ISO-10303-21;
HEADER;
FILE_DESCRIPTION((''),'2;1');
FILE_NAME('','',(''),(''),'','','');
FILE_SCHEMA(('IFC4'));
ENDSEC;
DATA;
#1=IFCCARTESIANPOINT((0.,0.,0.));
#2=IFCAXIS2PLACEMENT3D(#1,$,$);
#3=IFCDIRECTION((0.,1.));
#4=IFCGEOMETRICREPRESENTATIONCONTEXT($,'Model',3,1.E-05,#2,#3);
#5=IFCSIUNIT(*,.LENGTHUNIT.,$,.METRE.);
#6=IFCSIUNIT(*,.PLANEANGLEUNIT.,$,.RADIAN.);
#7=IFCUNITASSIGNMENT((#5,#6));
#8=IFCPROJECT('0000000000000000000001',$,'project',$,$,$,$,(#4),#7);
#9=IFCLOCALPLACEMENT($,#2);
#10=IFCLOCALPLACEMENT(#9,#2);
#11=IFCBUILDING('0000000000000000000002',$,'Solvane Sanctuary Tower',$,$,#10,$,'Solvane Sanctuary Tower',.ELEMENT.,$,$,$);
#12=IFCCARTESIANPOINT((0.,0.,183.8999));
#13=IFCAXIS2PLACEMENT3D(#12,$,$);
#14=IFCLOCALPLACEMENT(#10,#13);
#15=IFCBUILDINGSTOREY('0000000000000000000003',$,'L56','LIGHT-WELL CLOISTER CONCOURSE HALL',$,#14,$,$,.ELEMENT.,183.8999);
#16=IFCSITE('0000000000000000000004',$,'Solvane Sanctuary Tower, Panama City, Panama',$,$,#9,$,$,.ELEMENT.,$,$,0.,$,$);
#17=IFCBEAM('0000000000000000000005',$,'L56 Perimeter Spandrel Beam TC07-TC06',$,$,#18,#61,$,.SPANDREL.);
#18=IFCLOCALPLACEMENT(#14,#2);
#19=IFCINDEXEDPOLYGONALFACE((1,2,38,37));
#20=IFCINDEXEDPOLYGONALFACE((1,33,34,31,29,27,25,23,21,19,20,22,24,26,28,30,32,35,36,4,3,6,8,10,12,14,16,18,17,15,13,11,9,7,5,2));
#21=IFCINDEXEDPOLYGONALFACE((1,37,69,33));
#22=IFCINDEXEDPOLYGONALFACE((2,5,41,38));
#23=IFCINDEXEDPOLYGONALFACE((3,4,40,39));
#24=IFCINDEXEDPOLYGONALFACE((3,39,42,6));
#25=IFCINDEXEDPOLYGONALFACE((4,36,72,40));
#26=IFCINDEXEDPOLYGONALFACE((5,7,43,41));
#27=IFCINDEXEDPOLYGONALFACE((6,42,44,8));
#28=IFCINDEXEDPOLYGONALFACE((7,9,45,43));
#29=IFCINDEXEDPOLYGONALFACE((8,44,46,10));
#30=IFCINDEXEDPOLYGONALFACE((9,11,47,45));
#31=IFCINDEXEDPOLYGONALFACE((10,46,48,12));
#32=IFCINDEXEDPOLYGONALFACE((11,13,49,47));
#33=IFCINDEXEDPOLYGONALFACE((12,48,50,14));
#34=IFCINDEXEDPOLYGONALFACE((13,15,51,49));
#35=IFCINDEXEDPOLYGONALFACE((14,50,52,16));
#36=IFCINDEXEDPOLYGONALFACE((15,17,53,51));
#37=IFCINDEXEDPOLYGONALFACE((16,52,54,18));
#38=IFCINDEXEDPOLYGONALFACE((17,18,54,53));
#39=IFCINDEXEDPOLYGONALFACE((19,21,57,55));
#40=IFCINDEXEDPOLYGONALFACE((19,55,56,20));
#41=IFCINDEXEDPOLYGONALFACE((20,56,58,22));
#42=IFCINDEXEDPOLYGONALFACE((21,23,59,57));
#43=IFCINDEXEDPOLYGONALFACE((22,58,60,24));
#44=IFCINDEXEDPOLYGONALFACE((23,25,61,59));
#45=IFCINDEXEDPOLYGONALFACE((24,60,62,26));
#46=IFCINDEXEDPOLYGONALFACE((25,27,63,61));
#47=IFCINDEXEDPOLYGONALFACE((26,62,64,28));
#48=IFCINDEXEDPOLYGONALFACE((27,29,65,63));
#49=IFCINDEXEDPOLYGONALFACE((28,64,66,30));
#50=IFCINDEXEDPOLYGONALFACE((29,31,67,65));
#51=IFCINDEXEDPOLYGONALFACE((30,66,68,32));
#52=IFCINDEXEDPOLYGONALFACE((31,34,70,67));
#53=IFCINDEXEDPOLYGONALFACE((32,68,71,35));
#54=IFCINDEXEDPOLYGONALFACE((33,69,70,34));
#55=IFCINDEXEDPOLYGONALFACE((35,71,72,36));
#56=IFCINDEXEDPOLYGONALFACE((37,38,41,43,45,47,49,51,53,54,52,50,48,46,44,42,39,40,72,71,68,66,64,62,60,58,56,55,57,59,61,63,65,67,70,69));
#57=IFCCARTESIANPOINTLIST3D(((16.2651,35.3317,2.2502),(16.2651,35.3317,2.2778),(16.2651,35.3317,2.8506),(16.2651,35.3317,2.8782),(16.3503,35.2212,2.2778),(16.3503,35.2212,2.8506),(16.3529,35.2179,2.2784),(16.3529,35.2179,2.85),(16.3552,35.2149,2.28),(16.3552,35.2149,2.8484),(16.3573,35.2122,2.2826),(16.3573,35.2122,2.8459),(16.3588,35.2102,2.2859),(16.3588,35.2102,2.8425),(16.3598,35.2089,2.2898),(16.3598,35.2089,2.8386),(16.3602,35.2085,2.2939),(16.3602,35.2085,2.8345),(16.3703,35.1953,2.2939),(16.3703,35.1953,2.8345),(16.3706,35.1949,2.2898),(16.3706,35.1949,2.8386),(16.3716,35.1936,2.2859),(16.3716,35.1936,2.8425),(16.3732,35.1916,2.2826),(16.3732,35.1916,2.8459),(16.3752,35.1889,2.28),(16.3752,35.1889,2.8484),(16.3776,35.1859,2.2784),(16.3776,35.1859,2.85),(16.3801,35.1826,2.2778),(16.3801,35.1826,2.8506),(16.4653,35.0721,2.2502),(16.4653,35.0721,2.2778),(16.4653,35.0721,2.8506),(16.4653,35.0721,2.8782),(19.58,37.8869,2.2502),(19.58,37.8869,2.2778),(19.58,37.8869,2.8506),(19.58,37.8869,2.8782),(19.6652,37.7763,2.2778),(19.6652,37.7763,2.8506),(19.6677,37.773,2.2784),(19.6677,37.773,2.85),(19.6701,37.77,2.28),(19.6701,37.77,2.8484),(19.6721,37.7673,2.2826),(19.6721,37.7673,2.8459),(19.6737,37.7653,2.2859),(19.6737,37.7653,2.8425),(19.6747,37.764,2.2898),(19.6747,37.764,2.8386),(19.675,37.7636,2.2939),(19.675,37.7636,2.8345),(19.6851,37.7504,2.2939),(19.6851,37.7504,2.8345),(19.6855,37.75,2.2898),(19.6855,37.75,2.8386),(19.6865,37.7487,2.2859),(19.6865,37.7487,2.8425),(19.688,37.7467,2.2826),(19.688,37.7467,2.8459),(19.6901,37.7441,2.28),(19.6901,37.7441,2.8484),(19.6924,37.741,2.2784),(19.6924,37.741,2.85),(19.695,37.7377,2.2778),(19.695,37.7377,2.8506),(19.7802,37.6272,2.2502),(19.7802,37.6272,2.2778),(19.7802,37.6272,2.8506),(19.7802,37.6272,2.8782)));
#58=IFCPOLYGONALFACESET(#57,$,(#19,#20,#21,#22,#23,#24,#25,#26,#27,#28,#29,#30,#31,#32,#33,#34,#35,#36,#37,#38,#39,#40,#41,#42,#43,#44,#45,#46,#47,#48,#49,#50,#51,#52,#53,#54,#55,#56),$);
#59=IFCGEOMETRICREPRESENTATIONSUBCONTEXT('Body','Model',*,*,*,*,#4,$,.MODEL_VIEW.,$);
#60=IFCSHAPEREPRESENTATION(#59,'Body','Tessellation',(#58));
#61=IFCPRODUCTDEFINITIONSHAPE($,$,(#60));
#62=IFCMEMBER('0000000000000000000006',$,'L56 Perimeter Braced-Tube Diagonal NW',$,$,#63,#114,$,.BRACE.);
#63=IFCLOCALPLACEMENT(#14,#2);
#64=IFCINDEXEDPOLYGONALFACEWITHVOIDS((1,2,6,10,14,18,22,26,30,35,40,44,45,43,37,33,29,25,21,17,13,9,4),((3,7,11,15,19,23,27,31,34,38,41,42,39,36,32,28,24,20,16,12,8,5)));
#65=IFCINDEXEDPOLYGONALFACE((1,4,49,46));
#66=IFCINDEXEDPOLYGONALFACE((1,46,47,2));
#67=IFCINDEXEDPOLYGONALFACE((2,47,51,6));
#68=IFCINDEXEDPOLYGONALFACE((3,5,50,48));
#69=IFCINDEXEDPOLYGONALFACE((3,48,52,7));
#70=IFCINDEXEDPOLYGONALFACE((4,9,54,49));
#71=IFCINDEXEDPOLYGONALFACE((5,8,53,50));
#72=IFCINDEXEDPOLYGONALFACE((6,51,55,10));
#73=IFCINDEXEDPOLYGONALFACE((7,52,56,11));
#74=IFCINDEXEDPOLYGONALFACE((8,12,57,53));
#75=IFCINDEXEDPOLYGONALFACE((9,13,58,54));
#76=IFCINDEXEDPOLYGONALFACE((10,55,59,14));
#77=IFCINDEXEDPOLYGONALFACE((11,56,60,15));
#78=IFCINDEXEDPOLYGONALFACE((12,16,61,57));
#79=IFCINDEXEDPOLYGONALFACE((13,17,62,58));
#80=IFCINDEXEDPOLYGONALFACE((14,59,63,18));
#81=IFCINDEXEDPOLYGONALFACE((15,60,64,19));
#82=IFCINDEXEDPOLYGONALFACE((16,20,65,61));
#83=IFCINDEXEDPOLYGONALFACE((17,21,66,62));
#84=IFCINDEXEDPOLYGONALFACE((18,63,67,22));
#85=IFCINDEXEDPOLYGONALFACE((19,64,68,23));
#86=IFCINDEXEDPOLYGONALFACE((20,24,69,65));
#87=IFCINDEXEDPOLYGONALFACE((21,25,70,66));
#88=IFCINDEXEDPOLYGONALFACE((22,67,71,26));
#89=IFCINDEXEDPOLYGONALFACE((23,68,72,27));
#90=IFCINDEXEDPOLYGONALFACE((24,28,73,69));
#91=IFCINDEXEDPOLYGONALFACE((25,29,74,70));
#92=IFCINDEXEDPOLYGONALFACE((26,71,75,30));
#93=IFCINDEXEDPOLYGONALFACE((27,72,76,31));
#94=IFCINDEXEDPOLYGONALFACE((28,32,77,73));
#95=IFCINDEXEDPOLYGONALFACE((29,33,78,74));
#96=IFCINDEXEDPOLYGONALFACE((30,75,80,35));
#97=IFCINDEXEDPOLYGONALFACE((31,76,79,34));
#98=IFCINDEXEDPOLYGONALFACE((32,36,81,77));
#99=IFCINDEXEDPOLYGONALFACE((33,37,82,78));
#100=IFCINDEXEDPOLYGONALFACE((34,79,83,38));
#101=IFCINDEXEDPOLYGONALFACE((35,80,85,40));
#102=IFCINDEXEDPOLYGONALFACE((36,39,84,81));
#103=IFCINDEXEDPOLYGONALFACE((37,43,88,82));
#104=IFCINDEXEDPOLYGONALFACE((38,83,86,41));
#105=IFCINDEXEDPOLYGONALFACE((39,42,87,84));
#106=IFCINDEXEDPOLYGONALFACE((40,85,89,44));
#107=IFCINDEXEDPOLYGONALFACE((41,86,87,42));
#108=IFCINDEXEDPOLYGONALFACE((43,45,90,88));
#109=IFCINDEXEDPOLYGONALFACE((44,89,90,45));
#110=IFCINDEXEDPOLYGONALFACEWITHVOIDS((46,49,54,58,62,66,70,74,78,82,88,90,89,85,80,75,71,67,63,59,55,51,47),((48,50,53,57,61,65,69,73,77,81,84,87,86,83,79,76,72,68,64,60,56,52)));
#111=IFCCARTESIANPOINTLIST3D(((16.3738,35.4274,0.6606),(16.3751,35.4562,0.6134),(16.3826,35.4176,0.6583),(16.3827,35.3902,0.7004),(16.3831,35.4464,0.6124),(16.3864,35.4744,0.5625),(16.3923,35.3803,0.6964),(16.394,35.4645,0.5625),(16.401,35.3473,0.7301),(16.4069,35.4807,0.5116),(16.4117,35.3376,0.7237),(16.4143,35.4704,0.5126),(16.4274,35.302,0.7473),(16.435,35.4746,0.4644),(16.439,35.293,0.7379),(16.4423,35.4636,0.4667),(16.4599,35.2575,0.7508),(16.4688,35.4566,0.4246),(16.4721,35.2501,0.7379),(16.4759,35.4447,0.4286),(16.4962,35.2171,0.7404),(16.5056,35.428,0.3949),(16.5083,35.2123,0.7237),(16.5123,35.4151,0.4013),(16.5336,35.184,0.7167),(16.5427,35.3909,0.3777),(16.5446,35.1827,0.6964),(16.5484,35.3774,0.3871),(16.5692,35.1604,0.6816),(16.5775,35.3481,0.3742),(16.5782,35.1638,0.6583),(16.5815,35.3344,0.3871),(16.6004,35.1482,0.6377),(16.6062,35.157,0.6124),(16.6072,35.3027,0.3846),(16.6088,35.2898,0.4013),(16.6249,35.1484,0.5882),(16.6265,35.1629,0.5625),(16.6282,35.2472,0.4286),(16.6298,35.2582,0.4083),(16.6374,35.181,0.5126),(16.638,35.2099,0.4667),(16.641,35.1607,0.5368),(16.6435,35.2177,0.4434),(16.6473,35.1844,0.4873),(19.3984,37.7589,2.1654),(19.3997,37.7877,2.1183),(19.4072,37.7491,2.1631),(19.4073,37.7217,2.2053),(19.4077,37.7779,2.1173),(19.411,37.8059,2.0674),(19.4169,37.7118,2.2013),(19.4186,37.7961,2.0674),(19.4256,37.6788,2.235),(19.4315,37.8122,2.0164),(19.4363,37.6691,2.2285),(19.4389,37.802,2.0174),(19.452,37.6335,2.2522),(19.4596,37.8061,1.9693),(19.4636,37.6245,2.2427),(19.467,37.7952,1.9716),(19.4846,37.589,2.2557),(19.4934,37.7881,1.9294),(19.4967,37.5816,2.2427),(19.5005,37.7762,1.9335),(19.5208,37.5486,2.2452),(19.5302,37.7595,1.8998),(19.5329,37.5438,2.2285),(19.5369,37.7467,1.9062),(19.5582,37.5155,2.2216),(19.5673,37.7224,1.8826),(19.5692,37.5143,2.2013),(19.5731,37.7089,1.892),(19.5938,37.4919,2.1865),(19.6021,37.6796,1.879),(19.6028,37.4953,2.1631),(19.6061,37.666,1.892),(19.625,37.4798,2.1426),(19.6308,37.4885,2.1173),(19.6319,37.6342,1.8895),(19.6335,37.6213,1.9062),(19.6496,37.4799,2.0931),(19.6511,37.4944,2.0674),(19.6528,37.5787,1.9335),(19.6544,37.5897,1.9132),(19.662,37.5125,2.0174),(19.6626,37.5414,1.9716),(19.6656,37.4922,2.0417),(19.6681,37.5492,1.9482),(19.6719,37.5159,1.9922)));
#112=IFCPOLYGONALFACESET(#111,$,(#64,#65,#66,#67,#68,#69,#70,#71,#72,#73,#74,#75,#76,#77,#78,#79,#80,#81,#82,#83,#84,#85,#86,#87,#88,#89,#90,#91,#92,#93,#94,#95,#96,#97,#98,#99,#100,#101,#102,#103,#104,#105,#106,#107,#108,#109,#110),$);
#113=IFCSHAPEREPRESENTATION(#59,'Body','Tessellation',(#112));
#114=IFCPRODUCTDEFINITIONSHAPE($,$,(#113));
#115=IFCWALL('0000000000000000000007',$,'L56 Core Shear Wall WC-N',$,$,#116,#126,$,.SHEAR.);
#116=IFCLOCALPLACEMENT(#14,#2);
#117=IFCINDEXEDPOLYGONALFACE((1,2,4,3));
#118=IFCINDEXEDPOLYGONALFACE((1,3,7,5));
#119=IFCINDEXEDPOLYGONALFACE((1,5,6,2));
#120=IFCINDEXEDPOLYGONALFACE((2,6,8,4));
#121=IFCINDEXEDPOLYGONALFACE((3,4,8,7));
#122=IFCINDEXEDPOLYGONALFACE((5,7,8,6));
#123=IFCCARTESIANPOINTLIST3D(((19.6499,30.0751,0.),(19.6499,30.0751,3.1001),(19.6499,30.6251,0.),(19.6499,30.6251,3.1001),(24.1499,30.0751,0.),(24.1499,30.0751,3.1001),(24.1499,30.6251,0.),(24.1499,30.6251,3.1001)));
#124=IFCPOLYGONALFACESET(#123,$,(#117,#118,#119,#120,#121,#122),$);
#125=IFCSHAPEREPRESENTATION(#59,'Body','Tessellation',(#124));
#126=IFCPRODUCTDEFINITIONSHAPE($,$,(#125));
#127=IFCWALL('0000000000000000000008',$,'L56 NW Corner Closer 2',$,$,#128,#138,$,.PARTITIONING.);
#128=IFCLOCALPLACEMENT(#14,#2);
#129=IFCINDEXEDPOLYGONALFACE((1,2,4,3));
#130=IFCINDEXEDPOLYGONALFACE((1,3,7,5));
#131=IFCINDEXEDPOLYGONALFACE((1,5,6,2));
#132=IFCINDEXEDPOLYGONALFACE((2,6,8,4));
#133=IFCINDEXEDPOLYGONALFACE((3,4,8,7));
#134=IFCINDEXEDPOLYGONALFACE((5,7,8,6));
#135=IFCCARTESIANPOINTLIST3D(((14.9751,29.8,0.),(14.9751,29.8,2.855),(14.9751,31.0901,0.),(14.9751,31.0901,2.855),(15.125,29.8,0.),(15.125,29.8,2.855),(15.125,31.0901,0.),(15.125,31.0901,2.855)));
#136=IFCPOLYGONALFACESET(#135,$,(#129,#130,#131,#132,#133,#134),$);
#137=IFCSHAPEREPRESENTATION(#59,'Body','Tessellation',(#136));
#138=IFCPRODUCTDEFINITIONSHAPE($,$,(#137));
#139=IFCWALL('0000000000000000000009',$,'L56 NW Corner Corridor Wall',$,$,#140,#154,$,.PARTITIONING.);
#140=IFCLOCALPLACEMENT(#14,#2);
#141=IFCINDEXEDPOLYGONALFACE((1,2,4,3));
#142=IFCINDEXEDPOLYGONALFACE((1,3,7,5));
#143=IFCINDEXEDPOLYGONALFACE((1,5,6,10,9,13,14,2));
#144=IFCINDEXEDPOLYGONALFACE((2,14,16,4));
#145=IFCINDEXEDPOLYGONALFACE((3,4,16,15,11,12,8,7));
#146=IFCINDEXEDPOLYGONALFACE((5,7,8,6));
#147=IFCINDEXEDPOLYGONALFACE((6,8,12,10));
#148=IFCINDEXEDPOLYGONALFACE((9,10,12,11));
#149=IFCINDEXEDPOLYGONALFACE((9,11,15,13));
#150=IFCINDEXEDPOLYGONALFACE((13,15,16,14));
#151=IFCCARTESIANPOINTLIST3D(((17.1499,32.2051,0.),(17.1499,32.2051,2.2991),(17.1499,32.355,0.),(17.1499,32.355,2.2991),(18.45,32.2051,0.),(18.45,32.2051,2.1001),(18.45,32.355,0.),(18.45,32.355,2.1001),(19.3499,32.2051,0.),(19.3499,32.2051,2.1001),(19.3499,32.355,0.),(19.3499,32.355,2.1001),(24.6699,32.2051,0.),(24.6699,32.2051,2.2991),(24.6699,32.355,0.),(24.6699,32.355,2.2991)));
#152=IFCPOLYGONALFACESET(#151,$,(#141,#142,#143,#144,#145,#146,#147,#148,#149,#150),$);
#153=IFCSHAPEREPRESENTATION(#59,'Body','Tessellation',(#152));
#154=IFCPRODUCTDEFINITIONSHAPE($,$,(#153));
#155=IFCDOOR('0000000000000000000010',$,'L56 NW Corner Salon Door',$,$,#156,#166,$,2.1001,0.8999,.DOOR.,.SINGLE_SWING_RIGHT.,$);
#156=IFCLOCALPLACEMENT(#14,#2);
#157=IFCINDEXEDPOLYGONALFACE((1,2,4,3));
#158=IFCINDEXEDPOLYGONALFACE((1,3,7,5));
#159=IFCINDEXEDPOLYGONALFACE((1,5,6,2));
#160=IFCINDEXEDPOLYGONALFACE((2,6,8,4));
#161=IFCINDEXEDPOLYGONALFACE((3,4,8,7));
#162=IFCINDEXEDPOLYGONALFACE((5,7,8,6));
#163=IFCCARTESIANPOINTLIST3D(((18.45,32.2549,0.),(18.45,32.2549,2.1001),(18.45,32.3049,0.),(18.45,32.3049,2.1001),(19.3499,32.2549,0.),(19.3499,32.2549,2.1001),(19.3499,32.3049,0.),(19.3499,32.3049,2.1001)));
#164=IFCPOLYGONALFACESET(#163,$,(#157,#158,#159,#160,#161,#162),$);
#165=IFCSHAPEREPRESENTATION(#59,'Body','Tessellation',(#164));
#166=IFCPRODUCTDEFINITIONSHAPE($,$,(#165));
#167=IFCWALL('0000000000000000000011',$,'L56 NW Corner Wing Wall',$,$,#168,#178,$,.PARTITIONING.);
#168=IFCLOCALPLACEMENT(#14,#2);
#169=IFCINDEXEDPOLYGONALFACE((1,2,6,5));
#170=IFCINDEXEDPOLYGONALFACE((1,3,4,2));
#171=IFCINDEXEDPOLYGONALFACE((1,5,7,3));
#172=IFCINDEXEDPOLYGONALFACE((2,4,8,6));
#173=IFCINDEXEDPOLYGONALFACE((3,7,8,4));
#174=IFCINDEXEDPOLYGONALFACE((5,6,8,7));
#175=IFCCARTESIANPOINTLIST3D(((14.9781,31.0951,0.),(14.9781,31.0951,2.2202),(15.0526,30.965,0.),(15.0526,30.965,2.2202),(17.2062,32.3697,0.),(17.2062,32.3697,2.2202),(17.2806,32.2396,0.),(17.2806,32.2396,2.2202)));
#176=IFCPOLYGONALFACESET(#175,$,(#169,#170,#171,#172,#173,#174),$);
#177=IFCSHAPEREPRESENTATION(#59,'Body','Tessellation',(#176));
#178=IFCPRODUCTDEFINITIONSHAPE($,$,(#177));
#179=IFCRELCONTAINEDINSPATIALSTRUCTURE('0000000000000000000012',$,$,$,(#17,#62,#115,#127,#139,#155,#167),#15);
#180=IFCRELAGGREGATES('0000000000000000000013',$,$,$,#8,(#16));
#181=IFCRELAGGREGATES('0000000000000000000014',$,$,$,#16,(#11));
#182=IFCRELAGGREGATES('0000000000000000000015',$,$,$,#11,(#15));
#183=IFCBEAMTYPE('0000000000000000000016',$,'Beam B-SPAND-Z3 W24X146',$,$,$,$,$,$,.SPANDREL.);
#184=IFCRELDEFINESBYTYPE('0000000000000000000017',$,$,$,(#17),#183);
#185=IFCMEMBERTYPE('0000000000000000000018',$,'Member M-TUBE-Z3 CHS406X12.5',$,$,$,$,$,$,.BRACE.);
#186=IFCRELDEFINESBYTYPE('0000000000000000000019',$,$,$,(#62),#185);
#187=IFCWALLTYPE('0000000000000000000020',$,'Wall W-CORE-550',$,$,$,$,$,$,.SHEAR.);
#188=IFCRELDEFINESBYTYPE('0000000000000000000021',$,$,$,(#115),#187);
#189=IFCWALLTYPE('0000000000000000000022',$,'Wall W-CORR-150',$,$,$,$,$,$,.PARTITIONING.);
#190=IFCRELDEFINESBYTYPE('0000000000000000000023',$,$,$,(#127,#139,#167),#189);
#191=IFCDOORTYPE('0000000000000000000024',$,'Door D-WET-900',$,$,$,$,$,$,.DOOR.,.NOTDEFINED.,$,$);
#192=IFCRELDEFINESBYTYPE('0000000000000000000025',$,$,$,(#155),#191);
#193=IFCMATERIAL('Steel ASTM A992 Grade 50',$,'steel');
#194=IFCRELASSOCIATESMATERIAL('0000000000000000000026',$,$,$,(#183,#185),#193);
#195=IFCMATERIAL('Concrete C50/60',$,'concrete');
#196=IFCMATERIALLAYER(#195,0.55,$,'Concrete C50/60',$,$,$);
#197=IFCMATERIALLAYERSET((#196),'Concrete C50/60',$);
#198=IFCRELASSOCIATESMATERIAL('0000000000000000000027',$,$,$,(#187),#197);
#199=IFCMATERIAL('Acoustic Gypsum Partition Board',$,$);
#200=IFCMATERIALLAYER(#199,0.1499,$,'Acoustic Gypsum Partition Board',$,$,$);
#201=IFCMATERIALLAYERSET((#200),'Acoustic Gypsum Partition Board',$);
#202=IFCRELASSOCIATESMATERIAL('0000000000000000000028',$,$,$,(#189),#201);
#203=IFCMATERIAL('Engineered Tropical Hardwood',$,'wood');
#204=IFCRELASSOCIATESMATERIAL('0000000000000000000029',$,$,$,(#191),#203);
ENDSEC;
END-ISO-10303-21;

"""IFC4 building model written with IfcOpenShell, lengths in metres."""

from ifc_helpers import new_model, si_unit, direction, frame, frame_2d, origin, origin_2d, place, context, subcontext, project, spatial, rectangle, hollow_circle, i_section, extrude, material, layer, layer_set, material_profile, profile_set, type_object, element, fill, save


model = new_model("IFC4")

# Units and contexts
model_context = context("Model", 3, precision=1e-05, world=origin(), true_north=direction((0.0, 1.0)))
body_context = subcontext(model_context, "Body", "Model", "MODEL_VIEW")
ifc_project = project(units=[si_unit("LENGTHUNIT", "METRE"), si_unit("PLANEANGLEUNIT", "RADIAN")], contexts=[model_context])

# Site, building, storey
site_placement = place(None, origin())
site = spatial("IfcSite", under=ifc_project, at=site_placement, Name="Solvane Sanctuary Tower, Panama City, Panama", CompositionType="ELEMENT", RefElevation=0.0)
building_placement = place(site_placement, origin())
building = spatial("IfcBuilding", under=site, at=building_placement, Name="Solvane Sanctuary Tower", LongName="Solvane Sanctuary Tower", CompositionType="ELEMENT")
storey_placement = place(building_placement, frame((0.0, 0.0, 183.8999)))
storey = spatial("IfcBuildingStorey", under=building, at=storey_placement, Name="L56", Description="LIGHT-WELL CLOISTER CONCOURSE HALL", CompositionType="ELEMENT", Elevation=183.8999)

# Beam
ifc_material_1 = material(Name="Steel ASTM A992 Grade 50", Category="steel")
ifc_material_profile_1 = material_profile(ifc_material_1, i_section(OverallWidth=0.3279, OverallDepth=0.6279, WebThickness=0.0166, FlangeThickness=0.0276, FilletRadius=0.0161, at=origin_2d()), Name="W24X146")
ifc_profile_set_1 = profile_set([ifc_material_profile_1], Name="Steel ASTM A992 Grade 50")
beam_type_1 = type_object("IfcBeamType", Name="Beam B-SPAND-Z3 W24X146", PredefinedType="SPANDREL", material=ifc_profile_set_1)
beam_1_placement = place(storey_placement, frame((16.3652, 35.2019, 2.5642), z_axis=(0.792021, 0.610494, 0.0), x_axis=(-0.610494, 0.792021, 0.0)))
element("IfcBeam", 1, at=beam_1_placement, inside=storey, type_object=beam_type_1, Name="L56 Perimeter Spandrel Beam TC07-TC06", PredefinedType="SPANDREL", context=body_context, shape_type="SweptSolid", body=[
    extrude(i_section(OverallWidth=0.3279, OverallDepth=0.6279, WebThickness=0.0166, FlangeThickness=0.0276, FilletRadius=0.0161, at=origin_2d()), origin(), (0.0, 0.0, 1.0), 4.1853),
])

# Member
ifc_material_profile_2 = material_profile(ifc_material_1, hollow_circle(Radius=0.2029, WallThickness=0.0125, at=origin_2d()), Name="CHS406X12.5")
ifc_profile_set_2 = profile_set([ifc_material_profile_2], Name="Steel ASTM A992 Grade 50")
member_type = type_object("IfcMemberType", Name="Member M-TUBE-Z3 CHS406X12.5", PredefinedType="BRACE", material=ifc_profile_set_2)
member_placement = place(storey_placement, frame((16.5103, 35.3137, 0.5625), z_axis=(0.73686, 0.568005, 0.366616), x_axis=(-0.610514, 0.792006, 0.0)))
element("IfcMember", 2, at=member_placement, inside=storey, type_object=member_type, Name="L56 Perimeter Braced-Tube Diagonal NW", PredefinedType="BRACE", context=body_context, shape_type="SweptSolid", body=[
    extrude(hollow_circle(Radius=0.2029, WallThickness=0.0125, at=origin_2d()), origin(), (0.0, 0.0, 1.0), 4.1047),
])

# Walls
ifc_material_2 = material(Name="Concrete C50/60", Category="concrete")
ifc_layer_1 = layer(ifc_material_2, 0.55, Name="Concrete C50/60")
ifc_layer_set_1 = layer_set([ifc_layer_1], Name="Concrete C50/60")
wall_type_1 = type_object("IfcWallType", Name="Wall W-CORE-550", PredefinedType="SHEAR", material=ifc_layer_set_1)
wall_1_placement = place(storey_placement, frame((19.6499, 30.3501, 0.0), z_axis=(0.0, 0.0, 1.0), x_axis=(1.0, 0.0, 0.0)))
element("IfcWall", 3, at=wall_1_placement, inside=storey, type_object=wall_type_1, Name="L56 Core Shear Wall WC-N", PredefinedType="SHEAR", context=body_context, shape_type="SweptSolid", body=[
    extrude(rectangle(XDim=4.5, YDim=0.55, at=frame_2d((2.25, 0.0))), origin(), (0.0, 0.0, 1.0), 3.1001),
])
ifc_material_3 = material(Name="Acoustic Gypsum Partition Board")
ifc_layer_2 = layer(ifc_material_3, 0.1499, Name="Acoustic Gypsum Partition Board")
ifc_layer_set_2 = layer_set([ifc_layer_2], Name="Acoustic Gypsum Partition Board")
wall_type_2 = type_object("IfcWallType", Name="Wall W-CORR-150", PredefinedType="PARTITIONING", material=ifc_layer_set_2)
wall_2_placement = place(storey_placement, frame((15.05, 29.8, 0.0), z_axis=(0.0, 0.0, 1.0), x_axis=(0.0, 1.0, 0.0)))
element("IfcWall", 4, at=wall_2_placement, inside=storey, type_object=wall_type_2, Name="L56 NW Corner Closer 2", PredefinedType="PARTITIONING", context=body_context, shape_type="SweptSolid", body=[
    extrude(rectangle(XDim=1.29, YDim=0.1499, at=frame_2d((0.645, 0.0))), origin(), (0.0, 0.0, 1.0), 2.855),
])

# Wall, opening, door
wall_3_placement = place(storey_placement, frame((17.1499, 32.28, 0.0), z_axis=(0.0, 0.0, 1.0), x_axis=(1.0, 0.0, 0.0)))
wall_3 = element("IfcWall", 5, at=wall_3_placement, inside=storey, type_object=wall_type_2, Name="L56 NW Corner Corridor Wall", PredefinedType="PARTITIONING", context=body_context, shape_type="SweptSolid", body=[
    extrude(rectangle(XDim=7.52, YDim=0.1499, at=frame_2d((3.76, 0.0))), origin(), (0.0, 0.0, 1.0), 2.2991),
])
opening_1_placement = place(wall_3_placement, frame((1.3, 0.0, 0.0)))
opening_1 = element("IfcOpeningElement", 6, at=opening_1_placement, cuts=wall_3, PredefinedType="OPENING", context=body_context, shape_type="SweptSolid", body=[
    extrude(rectangle(XDim=0.8999, YDim=2.1001, at=frame_2d((0.45, 1.05))), frame((0.0, 0.085, 0.0), z_axis=(0.0, -1.0, 0.0), x_axis=(1.0, 0.0, 0.0)), (0.0, 0.0, 1.0), 0.1699),
])
ifc_material_4 = material(Name="Engineered Tropical Hardwood", Category="wood")
door_type_1 = type_object("IfcDoorType", Name="Door D-WET-900", OperationType="NOTDEFINED", PredefinedType="DOOR", material=ifc_material_4)
door_1_placement = place(opening_1_placement, origin())
door_1 = element("IfcDoor", 7, at=door_1_placement, inside=storey, type_object=door_type_1, Name="L56 NW Corner Salon Door", OperationType="SINGLE_SWING_RIGHT", OverallHeight=2.1001, OverallWidth=0.8999, PredefinedType="DOOR", context=body_context, shape_type="SweptSolid", body=[
    extrude(rectangle(XDim=0.8999, YDim=2.1001, at=frame_2d((0.45, 1.05))), frame((0.0, 0.0249, 0.0), z_axis=(0.0, -1.0, 0.0), x_axis=(1.0, 0.0, 0.0)), (0.0, 0.0, 1.0), 0.05),
])
fill(opening_1, door_1)

# Wall
wall_4_placement = place(storey_placement, frame((17.2434, 32.3047, 0.0), z_axis=(0.0, 0.0, 1.0), x_axis=(-0.867991, -0.496579, 0.0)))
element("IfcWall", 8, at=wall_4_placement, inside=storey, type_object=wall_type_2, Name="L56 NW Corner Wing Wall", PredefinedType="PARTITIONING", context=body_context, shape_type="SweptSolid", body=[
    extrude(rectangle(XDim=2.5669, YDim=0.1499, at=frame_2d((1.2834, 0.0))), origin(), (0.0, 0.0, 1.0), 2.2202),
])

save(model, "model.ifc")
